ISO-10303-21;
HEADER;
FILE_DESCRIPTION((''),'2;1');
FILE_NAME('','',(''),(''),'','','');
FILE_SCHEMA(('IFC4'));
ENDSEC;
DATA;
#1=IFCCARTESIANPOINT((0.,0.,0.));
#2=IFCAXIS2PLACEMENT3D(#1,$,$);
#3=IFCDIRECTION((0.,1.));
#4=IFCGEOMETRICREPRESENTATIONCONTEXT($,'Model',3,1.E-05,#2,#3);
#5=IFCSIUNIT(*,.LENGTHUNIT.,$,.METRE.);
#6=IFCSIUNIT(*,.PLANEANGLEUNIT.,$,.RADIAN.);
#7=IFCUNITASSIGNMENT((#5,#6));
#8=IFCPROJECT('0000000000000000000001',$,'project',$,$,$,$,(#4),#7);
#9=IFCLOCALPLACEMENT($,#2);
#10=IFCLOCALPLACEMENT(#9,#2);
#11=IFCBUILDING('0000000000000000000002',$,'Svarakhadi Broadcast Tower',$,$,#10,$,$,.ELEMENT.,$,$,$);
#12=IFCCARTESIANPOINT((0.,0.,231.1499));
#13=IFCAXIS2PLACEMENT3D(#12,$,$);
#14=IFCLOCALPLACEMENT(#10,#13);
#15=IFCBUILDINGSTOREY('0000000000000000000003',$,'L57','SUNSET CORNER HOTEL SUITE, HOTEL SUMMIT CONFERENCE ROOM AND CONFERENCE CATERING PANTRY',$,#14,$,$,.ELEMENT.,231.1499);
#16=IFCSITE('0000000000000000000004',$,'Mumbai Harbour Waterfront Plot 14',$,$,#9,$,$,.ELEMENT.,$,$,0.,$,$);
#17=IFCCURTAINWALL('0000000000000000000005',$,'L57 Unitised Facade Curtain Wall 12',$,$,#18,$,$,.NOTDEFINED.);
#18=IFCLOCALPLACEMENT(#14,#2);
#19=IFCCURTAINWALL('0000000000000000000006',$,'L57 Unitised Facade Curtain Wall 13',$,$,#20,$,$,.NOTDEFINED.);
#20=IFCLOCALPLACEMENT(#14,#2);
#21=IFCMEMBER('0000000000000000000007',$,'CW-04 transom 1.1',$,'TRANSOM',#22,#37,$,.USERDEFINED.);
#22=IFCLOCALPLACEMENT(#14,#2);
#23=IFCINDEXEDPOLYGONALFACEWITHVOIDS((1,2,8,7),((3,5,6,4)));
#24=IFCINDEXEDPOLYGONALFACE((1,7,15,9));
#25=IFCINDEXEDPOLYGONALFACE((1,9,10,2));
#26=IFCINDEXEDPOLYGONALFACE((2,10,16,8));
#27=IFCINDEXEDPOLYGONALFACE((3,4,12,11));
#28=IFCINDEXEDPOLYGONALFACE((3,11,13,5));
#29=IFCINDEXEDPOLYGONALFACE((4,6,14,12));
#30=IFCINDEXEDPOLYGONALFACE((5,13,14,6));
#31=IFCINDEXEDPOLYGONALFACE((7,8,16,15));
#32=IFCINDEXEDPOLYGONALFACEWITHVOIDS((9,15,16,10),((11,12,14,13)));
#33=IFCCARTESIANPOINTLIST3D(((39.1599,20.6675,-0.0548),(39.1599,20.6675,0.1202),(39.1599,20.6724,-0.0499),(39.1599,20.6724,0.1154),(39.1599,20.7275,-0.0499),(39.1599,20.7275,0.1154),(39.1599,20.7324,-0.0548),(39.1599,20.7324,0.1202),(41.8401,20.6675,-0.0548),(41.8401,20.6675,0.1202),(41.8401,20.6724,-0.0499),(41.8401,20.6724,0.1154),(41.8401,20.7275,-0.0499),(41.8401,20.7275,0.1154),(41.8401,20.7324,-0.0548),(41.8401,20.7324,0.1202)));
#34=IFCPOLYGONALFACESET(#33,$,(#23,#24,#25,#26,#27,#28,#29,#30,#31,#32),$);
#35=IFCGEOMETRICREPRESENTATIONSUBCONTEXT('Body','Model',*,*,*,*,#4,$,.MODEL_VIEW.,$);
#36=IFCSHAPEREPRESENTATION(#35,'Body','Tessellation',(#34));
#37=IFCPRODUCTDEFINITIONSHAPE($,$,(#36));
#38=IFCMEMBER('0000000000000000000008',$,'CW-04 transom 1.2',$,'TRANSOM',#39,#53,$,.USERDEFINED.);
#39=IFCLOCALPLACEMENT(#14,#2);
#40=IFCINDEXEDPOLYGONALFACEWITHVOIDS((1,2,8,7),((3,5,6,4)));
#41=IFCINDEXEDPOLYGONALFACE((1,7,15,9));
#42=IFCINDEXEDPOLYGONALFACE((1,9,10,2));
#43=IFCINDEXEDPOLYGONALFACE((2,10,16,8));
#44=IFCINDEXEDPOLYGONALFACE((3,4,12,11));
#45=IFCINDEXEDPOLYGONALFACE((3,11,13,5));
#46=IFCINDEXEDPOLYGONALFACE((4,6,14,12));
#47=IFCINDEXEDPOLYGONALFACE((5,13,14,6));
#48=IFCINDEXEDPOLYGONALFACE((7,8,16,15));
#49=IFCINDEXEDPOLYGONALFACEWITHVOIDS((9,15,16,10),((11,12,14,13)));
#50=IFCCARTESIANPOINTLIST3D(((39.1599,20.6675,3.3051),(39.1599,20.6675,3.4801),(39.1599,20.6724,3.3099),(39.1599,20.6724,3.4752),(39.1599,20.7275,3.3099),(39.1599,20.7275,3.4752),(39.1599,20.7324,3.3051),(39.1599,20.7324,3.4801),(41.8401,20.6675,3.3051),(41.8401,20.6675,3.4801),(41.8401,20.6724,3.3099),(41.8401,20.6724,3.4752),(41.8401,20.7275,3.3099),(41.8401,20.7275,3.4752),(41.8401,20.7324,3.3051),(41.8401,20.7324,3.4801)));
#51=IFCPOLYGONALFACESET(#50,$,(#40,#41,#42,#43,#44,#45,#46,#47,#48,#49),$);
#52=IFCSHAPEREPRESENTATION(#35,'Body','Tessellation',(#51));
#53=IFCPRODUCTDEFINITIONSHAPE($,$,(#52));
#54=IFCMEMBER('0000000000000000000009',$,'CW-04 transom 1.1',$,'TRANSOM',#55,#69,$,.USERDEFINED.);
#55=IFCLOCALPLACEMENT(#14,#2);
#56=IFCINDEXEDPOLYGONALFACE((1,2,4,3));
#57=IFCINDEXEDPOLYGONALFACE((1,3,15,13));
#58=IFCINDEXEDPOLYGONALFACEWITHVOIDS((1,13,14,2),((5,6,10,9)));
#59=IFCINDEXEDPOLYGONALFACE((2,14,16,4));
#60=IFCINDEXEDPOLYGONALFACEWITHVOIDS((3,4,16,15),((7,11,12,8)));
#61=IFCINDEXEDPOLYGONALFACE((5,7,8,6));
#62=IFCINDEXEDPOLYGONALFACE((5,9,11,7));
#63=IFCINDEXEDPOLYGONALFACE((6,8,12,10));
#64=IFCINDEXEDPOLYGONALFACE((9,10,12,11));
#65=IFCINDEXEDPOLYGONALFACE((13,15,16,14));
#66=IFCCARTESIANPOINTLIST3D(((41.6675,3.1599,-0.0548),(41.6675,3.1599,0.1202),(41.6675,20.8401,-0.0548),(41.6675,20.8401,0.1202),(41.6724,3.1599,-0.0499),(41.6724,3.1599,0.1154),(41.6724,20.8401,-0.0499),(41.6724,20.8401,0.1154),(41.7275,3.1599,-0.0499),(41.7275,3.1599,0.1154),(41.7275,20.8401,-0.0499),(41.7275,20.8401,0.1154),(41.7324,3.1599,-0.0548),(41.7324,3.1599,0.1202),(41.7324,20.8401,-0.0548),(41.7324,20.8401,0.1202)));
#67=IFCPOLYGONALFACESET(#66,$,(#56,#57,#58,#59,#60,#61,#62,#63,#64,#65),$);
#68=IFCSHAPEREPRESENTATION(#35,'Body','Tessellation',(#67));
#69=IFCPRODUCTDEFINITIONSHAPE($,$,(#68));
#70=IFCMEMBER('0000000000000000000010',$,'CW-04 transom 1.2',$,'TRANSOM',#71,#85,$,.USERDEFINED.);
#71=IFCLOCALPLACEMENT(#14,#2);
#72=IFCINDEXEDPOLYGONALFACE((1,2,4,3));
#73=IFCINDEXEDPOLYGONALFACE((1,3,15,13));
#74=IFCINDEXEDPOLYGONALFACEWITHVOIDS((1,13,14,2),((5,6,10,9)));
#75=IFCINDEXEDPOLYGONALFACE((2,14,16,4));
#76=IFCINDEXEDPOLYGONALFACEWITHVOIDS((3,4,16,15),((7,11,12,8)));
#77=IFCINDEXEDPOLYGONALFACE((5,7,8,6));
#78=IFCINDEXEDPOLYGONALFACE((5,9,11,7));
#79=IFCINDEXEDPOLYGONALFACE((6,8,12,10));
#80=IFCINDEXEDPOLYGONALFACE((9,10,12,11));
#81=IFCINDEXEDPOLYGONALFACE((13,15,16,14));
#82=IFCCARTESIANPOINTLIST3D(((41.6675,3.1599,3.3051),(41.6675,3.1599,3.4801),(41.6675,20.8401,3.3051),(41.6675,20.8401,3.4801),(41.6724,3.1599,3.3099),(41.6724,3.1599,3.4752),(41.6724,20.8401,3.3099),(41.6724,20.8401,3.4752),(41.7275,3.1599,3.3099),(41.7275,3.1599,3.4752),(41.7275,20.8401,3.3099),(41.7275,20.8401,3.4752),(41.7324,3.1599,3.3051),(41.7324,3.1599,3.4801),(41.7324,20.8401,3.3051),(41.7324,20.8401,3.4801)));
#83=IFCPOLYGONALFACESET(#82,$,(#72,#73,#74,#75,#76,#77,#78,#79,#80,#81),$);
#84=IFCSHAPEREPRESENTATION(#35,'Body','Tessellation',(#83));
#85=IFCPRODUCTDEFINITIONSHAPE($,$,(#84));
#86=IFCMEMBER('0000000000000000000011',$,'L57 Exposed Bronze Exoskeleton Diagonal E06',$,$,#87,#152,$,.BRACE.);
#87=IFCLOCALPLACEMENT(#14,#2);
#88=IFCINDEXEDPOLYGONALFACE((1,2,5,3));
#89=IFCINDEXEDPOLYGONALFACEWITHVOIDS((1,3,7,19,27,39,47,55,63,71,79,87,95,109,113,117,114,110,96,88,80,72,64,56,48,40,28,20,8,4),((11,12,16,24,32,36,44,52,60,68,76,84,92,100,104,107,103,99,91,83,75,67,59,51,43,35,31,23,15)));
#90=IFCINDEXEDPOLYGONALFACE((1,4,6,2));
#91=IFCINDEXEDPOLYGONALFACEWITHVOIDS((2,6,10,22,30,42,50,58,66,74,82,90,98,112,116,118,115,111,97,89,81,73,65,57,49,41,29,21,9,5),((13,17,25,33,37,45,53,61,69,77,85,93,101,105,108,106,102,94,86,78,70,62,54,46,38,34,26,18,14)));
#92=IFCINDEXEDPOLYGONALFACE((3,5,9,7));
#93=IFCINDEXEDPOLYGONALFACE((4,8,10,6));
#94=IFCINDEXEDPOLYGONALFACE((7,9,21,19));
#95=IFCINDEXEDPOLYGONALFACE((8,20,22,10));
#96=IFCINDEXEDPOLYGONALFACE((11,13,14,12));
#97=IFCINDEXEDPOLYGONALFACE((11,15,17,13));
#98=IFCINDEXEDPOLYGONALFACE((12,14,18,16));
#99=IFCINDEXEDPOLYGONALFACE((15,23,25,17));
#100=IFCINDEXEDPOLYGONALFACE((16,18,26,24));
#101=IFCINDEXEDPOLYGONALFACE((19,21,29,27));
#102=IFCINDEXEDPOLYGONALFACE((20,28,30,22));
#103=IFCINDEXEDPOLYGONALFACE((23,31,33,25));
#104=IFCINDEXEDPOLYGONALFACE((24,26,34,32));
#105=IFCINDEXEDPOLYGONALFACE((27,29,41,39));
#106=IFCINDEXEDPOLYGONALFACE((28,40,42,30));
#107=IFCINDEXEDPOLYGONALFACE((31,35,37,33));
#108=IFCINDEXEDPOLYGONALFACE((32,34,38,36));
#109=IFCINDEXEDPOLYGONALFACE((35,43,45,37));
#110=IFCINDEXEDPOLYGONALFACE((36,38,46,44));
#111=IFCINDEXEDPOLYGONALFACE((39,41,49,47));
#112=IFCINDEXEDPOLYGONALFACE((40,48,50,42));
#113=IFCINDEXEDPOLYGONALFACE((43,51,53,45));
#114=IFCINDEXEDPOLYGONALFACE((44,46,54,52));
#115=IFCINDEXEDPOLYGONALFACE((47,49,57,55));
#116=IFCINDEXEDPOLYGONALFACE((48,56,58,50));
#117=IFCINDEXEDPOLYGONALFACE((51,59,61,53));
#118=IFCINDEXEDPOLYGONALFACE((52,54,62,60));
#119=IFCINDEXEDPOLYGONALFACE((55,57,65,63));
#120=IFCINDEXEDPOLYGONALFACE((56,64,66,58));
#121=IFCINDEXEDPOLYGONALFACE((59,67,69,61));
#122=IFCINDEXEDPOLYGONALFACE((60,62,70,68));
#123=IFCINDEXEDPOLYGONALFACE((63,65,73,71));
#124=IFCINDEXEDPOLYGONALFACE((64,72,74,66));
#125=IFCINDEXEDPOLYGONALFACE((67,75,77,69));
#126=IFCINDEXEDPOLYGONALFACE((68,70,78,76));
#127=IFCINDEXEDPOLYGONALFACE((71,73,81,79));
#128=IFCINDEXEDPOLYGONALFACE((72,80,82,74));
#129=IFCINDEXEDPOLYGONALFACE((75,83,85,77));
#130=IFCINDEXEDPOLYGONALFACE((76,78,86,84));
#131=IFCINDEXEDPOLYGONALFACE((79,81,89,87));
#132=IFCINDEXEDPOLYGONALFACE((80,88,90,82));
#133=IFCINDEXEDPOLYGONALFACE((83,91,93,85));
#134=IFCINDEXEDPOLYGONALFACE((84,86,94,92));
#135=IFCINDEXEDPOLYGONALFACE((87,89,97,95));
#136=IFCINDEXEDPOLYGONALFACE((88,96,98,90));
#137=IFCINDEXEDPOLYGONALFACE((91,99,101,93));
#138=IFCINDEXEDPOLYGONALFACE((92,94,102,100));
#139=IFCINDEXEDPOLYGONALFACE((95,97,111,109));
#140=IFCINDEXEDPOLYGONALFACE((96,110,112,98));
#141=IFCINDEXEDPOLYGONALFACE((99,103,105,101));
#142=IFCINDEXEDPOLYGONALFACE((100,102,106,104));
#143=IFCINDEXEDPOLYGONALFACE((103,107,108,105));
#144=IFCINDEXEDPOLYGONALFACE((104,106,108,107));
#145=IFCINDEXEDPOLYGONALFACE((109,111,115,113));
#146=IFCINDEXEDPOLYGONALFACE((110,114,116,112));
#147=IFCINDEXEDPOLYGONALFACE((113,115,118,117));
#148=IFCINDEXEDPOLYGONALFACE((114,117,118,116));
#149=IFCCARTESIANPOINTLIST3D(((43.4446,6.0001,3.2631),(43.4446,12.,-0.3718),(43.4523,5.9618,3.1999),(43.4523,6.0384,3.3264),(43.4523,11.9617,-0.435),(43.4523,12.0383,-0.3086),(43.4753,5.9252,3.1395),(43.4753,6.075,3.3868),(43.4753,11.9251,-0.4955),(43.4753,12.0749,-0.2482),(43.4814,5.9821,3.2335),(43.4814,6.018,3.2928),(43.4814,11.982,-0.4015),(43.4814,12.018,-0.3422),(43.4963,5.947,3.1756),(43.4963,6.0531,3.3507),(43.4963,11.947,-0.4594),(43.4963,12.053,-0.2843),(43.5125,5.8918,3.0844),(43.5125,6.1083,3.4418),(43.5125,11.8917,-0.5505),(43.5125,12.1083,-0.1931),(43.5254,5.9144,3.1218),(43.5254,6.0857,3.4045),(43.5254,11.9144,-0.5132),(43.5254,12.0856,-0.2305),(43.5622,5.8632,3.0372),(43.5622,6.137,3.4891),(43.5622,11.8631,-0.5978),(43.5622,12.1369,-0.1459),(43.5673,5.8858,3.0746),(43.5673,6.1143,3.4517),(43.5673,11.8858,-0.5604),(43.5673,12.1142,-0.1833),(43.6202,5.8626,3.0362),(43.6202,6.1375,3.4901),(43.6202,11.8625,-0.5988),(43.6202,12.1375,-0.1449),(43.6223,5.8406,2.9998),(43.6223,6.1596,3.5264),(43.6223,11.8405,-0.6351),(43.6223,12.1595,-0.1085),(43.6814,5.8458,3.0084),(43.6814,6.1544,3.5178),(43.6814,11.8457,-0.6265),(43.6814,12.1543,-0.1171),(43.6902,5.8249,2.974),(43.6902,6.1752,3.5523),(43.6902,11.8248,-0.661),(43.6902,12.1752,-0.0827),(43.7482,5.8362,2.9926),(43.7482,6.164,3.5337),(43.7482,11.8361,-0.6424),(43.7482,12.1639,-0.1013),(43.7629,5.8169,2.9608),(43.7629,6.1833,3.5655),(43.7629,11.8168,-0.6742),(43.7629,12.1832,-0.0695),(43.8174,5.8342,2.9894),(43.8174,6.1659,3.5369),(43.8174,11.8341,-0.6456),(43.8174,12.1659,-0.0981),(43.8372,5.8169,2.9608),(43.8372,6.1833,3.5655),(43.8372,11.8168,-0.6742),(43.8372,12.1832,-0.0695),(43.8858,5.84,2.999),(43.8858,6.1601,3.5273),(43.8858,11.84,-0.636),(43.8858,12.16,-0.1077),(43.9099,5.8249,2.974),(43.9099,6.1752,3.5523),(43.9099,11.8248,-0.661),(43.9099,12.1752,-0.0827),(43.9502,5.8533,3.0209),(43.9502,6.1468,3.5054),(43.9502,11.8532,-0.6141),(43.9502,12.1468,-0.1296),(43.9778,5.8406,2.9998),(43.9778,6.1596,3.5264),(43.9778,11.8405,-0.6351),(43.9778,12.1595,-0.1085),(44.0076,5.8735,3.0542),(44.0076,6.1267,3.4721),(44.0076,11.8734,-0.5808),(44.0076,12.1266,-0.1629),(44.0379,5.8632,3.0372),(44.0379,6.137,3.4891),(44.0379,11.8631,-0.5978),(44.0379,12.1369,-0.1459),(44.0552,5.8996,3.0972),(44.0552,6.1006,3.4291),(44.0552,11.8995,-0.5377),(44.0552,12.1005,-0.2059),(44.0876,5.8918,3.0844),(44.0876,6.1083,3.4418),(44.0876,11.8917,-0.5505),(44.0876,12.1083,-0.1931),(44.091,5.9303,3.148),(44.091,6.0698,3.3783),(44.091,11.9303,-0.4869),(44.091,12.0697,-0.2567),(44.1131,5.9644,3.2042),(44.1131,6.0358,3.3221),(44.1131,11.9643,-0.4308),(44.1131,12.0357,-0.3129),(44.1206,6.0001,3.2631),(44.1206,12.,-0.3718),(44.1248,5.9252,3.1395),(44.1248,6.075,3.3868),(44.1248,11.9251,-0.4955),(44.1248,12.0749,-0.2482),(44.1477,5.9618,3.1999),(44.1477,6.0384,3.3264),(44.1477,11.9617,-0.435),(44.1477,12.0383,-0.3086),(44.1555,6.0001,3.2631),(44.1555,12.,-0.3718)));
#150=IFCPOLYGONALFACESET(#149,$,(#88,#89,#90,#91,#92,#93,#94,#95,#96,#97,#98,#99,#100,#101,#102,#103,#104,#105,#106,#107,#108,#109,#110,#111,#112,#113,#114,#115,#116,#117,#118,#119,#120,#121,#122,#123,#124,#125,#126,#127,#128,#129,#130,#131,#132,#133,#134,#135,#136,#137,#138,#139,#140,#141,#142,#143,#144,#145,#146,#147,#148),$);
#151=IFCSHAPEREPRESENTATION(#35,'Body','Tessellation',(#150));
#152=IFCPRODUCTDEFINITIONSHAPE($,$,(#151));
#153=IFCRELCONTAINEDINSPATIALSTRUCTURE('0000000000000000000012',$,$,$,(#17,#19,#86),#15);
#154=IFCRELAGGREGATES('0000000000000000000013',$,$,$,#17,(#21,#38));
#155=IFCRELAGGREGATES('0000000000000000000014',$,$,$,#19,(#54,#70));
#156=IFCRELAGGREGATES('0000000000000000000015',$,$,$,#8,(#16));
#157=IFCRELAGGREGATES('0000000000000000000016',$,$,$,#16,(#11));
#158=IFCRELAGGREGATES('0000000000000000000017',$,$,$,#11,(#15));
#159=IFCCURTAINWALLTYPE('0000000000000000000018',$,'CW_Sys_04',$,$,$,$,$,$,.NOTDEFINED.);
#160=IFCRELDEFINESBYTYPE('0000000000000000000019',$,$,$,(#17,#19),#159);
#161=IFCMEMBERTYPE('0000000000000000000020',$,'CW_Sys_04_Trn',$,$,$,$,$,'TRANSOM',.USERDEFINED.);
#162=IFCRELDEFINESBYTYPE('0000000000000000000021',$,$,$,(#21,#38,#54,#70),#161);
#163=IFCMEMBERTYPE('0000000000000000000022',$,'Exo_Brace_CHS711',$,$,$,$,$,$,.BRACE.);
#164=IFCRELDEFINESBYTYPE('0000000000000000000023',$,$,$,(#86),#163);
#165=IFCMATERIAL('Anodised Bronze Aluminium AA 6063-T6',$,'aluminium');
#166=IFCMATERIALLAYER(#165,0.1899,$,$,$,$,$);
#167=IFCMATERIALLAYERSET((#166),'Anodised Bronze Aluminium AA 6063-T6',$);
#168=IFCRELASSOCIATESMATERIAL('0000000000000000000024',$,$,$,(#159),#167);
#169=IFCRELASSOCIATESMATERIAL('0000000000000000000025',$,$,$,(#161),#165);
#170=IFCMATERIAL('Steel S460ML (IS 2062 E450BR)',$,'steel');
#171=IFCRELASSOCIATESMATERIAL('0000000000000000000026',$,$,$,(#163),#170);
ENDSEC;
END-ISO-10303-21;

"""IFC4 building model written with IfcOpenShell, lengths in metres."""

from ifc_helpers import new_model, si_unit, direction, frame, origin, origin_2d, place, context, subcontext, project, spatial, hollow_rectangle, hollow_circle, extrude, material, layer, layer_set, material_profile, profile_set, type_object, element, aggregate, save


model = new_model("IFC4")

# Units and contexts
model_context = context("Model", 3, precision=1e-05, world=origin(), true_north=direction((0.0, 1.0)))
body_context = subcontext(model_context, "Body", "Model", "MODEL_VIEW")
ifc_project = project(units=[si_unit("LENGTHUNIT", "METRE"), si_unit("PLANEANGLEUNIT", "RADIAN")], contexts=[model_context])

# Site, building, storey
site_placement = place(None, origin())
site = spatial("IfcSite", under=ifc_project, at=site_placement, Name="Mumbai Harbour Waterfront Plot 14", CompositionType="ELEMENT", RefElevation=0.0)
building_placement = place(site_placement, origin())
building = spatial("IfcBuilding", under=site, at=building_placement, Name="Svarakhadi Broadcast Tower", CompositionType="ELEMENT")
storey_placement = place(building_placement, frame((0.0, 0.0, 231.1499)))
storey = spatial("IfcBuildingStorey", under=building, at=storey_placement, Name="L57", Description="SUNSET CORNER HOTEL SUITE, HOTEL SUMMIT CONFERENCE ROOM AND CONFERENCE CATERING PANTRY", CompositionType="ELEMENT", Elevation=231.1499)

# Shared definitions
ifc_material_1 = material(Name="Steel S460ML (IS 2062 E450BR)", Category="steel")

# Shared definitions
ifc_material_2 = material(Name="Anodised Bronze Aluminium AA 6063-T6", Category="aluminium")
ifc_layer_1 = layer(ifc_material_2, 0.1899)
ifc_layer_set_1 = layer_set([ifc_layer_1], Name="Anodised Bronze Aluminium AA 6063-T6")
curtain_wall_type = type_object("IfcCurtainWallType", Name="CW_Sys_04", PredefinedType="NOTDEFINED", material=ifc_layer_set_1)

# Curtain wall
curtain_wall_1_placement = place(storey_placement, origin())
curtain_wall_1 = element("IfcCurtainWall", 1, at=curtain_wall_1_placement, inside=storey, type_object=curtain_wall_type, Name="L57 Unitised Facade Curtain Wall 12", PredefinedType="NOTDEFINED")

# Curtain wall
curtain_wall_2_placement = place(storey_placement, origin())
curtain_wall_2 = element("IfcCurtainWall", 2, at=curtain_wall_2_placement, inside=storey, type_object=curtain_wall_type, Name="L57 Unitised Facade Curtain Wall 13", PredefinedType="NOTDEFINED")

# Members
ifc_material_profile_1 = material_profile(ifc_material_2, hollow_rectangle(XDim=0.0649, YDim=0.175, WallThickness=0.0049, at=origin_2d()), Name="ALU TRANSOM 175x65x5")
ifc_profile_set_1 = profile_set([ifc_material_profile_1], Name="Anodised Bronze Aluminium AA 6063-T6")
member_type_1 = type_object("IfcMemberType", Name="CW_Sys_04_Trn", ElementType="TRANSOM", PredefinedType="USERDEFINED", material=ifc_profile_set_1)
member_1_placement = place(storey_placement, frame((39.1599, 20.7, 0.0327), z_axis=(1.0, 0.0, 0.0), x_axis=(0.0, 1.0, 0.0)))
member_1 = element("IfcMember", 3, at=member_1_placement, type_object=member_type_1, Name="CW-04 transom 1.1", ObjectType="TRANSOM", PredefinedType="USERDEFINED", context=body_context, shape_type="SweptSolid", body=[
    extrude(hollow_rectangle(XDim=0.0649, YDim=0.175, WallThickness=0.0049, at=origin_2d()), origin(), (0.0, 0.0, 1.0), 2.6802),
])
member_2_placement = place(storey_placement, frame((39.1599, 20.7, 3.3926), z_axis=(1.0, 0.0, 0.0), x_axis=(0.0, 1.0, 0.0)))
member_2 = element("IfcMember", 4, at=member_2_placement, type_object=member_type_1, Name="CW-04 transom 1.2", ObjectType="TRANSOM", PredefinedType="USERDEFINED", context=body_context, shape_type="SweptSolid", body=[
    extrude(hollow_rectangle(XDim=0.0649, YDim=0.175, WallThickness=0.0049, at=origin_2d()), origin(), (0.0, 0.0, 1.0), 2.6802),
])
member_3_placement = place(storey_placement, frame((41.7, 20.8401, 0.0327), z_axis=(0.0, -1.0, 0.0), x_axis=(1.0, 0.0, 0.0)))
member_3 = element("IfcMember", 5, at=member_3_placement, type_object=member_type_1, Name="CW-04 transom 1.1", ObjectType="TRANSOM", PredefinedType="USERDEFINED", context=body_context, shape_type="SweptSolid", body=[
    extrude(hollow_rectangle(XDim=0.0649, YDim=0.175, WallThickness=0.0049, at=origin_2d()), origin(), (0.0, 0.0, 1.0), 17.6802),
])
member_4_placement = place(storey_placement, frame((41.7, 20.8401, 3.3926), z_axis=(0.0, -1.0, 0.0), x_axis=(1.0, 0.0, 0.0)))
member_4 = element("IfcMember", 6, at=member_4_placement, type_object=member_type_1, Name="CW-04 transom 1.2", ObjectType="TRANSOM", PredefinedType="USERDEFINED", context=body_context, shape_type="SweptSolid", body=[
    extrude(hollow_rectangle(XDim=0.0649, YDim=0.175, WallThickness=0.0049, at=origin_2d()), origin(), (0.0, 0.0, 1.0), 17.6802),
])

# Member
ifc_material_profile_2 = material_profile(ifc_material_1, hollow_circle(Radius=0.3555, WallThickness=0.0349, at=origin_2d()), Name="CHS 711x35")
ifc_profile_set_2 = profile_set([ifc_material_profile_2], Name="Steel S460ML (IS 2062 E450BR)")
member_type_2 = type_object("IfcMemberType", Name="Exo_Brace_CHS711", PredefinedType="BRACE", material=ifc_profile_set_2)
for number, where, z_axis, x_axis, name in (
    (7, (43.8, 12.0, -0.3718), (0.0, -0.855283, 0.518161), (1.0, 0.0, 0.0), "L57 Exposed Bronze Exoskeleton Diagonal E06"),
):
    element("IfcMember", number, at=place(storey_placement, frame(where, z_axis=z_axis, x_axis=x_axis)), inside=storey, type_object=member_type_2, Name=name, PredefinedType="BRACE", context=body_context, shape_type="SweptSolid", body=[
        extrude(hollow_circle(Radius=0.3555, WallThickness=0.0349, at=origin_2d()), origin(), (0.0, 0.0, 1.0), 7.0151),
    ])

aggregate(curtain_wall_1, [member_1, member_2])
aggregate(curtain_wall_2, [member_3, member_4])

save(model, "model.ifc")
